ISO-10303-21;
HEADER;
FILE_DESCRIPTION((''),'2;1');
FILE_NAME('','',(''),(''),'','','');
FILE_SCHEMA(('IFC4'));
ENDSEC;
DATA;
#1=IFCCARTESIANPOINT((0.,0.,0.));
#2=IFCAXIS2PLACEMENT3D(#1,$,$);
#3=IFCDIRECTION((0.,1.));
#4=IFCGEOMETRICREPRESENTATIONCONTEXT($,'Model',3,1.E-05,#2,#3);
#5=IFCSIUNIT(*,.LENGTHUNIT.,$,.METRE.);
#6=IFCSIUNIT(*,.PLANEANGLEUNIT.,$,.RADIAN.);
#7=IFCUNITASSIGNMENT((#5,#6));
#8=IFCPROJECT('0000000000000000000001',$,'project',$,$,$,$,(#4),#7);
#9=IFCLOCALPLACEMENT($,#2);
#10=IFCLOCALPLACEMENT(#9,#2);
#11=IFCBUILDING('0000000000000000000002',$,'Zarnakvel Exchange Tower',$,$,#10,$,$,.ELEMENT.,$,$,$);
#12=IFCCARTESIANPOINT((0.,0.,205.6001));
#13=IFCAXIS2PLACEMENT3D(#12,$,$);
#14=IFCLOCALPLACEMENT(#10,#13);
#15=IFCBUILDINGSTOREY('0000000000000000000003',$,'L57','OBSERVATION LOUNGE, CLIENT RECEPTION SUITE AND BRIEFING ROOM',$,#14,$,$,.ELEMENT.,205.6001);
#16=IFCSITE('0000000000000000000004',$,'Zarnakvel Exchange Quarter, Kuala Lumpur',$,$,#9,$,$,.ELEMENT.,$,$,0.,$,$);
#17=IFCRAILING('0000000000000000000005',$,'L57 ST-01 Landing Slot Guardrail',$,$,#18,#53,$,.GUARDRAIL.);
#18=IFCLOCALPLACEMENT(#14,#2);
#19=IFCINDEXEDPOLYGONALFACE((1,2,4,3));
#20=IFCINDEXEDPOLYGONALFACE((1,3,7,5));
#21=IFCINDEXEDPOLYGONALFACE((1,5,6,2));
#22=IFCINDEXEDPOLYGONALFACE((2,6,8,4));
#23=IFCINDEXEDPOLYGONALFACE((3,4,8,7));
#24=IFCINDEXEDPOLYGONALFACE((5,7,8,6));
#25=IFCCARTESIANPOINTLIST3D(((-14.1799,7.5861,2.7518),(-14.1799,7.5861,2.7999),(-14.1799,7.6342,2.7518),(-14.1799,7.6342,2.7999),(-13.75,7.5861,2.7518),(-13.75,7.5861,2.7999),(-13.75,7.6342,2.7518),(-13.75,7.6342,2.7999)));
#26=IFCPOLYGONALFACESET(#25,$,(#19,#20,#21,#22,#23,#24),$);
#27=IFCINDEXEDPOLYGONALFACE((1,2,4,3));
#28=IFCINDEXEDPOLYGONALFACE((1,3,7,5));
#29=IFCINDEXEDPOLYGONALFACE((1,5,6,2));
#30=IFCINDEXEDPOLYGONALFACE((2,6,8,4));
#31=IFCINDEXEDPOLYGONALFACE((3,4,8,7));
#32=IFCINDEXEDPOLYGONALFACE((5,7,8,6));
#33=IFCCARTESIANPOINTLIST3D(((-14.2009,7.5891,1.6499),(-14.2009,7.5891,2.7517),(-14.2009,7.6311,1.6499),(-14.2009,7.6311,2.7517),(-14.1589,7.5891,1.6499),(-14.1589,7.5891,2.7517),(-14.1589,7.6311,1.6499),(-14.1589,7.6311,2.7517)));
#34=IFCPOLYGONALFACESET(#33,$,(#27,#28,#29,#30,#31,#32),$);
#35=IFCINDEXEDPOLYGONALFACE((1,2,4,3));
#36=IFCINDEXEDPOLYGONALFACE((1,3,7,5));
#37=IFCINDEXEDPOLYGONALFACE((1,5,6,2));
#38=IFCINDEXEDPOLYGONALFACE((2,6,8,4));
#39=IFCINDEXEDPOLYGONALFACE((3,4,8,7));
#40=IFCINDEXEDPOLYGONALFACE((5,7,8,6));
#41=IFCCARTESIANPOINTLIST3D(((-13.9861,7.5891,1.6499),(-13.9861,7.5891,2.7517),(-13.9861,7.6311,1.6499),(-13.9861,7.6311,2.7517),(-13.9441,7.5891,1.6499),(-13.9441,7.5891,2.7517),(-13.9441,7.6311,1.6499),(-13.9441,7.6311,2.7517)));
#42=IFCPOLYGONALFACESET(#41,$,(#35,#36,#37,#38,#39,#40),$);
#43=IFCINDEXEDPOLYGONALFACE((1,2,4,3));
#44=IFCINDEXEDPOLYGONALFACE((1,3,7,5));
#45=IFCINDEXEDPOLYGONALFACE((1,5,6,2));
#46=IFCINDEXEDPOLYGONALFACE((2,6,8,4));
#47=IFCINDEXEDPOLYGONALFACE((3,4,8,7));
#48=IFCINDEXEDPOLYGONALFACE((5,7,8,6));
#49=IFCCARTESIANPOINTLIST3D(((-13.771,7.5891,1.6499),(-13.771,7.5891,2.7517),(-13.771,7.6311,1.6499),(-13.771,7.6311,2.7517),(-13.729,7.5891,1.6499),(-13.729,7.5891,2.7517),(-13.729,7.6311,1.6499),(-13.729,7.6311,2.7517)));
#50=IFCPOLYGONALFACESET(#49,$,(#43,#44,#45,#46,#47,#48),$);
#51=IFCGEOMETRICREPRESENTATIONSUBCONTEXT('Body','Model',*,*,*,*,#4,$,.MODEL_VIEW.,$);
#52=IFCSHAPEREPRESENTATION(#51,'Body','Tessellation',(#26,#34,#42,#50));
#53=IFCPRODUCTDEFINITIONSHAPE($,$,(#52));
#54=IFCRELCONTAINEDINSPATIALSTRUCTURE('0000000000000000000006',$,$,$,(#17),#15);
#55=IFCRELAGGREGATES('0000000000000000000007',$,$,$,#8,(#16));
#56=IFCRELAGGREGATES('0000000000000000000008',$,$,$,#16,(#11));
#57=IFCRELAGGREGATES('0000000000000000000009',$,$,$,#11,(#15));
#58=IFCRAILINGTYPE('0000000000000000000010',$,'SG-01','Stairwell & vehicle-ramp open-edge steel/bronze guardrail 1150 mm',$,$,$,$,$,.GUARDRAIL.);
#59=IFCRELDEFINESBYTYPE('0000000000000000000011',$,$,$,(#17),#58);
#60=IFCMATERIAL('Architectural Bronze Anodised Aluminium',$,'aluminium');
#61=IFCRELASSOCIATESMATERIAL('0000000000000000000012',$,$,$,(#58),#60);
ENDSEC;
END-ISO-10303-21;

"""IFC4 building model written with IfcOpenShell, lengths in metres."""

from ifc_helpers import new_model, si_unit, direction, frame, origin, origin_2d, place, context, subcontext, project, spatial, rectangle, extrude, material, type_object, element, save


model = new_model("IFC4")

# Units and contexts
model_context = context("Model", 3, precision=1e-05, world=origin(), true_north=direction((0.0, 1.0)))
body_context = subcontext(model_context, "Body", "Model", "MODEL_VIEW")
ifc_project = project(units=[si_unit("LENGTHUNIT", "METRE"), si_unit("PLANEANGLEUNIT", "RADIAN")], contexts=[model_context])

# Site, building, storey
site_placement = place(None, origin())
site = spatial("IfcSite", under=ifc_project, at=site_placement, Name="Zarnakvel Exchange Quarter, Kuala Lumpur", CompositionType="ELEMENT", RefElevation=0.0)
building_placement = place(site_placement, origin())
building = spatial("IfcBuilding", under=site, at=building_placement, Name="Zarnakvel Exchange Tower", CompositionType="ELEMENT")
storey_placement = place(building_placement, frame((0.0, 0.0, 205.6001)))
storey = spatial("IfcBuildingStorey", under=building, at=storey_placement, Name="L57", Description="OBSERVATION LOUNGE, CLIENT RECEPTION SUITE AND BRIEFING ROOM", CompositionType="ELEMENT", Elevation=205.6001)

# Shared definitions
ifc_material_1 = material(Name="Architectural Bronze Anodised Aluminium", Category="aluminium")

# Railing
railing_type_1 = type_object("IfcRailingType", Name="SG-01", Description="Stairwell & vehicle-ramp open-edge steel/bronze guardrail 1150 mm", PredefinedType="GUARDRAIL", material=ifc_material_1)
railing_1_placement = place(storey_placement, frame((-14.1799, 7.6101, 1.6499)))
element("IfcRailing", 1, at=railing_1_placement, inside=storey, type_object=railing_type_1, Name="L57 ST-01 Landing Slot Guardrail", PredefinedType="GUARDRAIL", context=body_context, shape_type="SweptSolid", body=[
    extrude(rectangle(XDim=0.0481, YDim=0.0481, at=origin_2d()), frame((0.0, 0.0, 1.126), z_axis=(1.0, 0.0, 0.0), x_axis=(0.0, 1.0, 0.0)), (0.0, 0.0, 1.0), 0.4299),
    extrude(rectangle(XDim=0.042, YDim=0.042, at=origin_2d()), origin(), (0.0, 0.0, 1.0), 1.1018),
    extrude(rectangle(XDim=0.042, YDim=0.042, at=origin_2d()), frame((0.2148, 0.0, 0.0)), (0.0, 0.0, 1.0), 1.1018),
    extrude(rectangle(XDim=0.042, YDim=0.042, at=origin_2d()), frame((0.4299, 0.0, 0.0)), (0.0, 0.0, 1.0), 1.1018),
])

save(model, "model.ifc")
